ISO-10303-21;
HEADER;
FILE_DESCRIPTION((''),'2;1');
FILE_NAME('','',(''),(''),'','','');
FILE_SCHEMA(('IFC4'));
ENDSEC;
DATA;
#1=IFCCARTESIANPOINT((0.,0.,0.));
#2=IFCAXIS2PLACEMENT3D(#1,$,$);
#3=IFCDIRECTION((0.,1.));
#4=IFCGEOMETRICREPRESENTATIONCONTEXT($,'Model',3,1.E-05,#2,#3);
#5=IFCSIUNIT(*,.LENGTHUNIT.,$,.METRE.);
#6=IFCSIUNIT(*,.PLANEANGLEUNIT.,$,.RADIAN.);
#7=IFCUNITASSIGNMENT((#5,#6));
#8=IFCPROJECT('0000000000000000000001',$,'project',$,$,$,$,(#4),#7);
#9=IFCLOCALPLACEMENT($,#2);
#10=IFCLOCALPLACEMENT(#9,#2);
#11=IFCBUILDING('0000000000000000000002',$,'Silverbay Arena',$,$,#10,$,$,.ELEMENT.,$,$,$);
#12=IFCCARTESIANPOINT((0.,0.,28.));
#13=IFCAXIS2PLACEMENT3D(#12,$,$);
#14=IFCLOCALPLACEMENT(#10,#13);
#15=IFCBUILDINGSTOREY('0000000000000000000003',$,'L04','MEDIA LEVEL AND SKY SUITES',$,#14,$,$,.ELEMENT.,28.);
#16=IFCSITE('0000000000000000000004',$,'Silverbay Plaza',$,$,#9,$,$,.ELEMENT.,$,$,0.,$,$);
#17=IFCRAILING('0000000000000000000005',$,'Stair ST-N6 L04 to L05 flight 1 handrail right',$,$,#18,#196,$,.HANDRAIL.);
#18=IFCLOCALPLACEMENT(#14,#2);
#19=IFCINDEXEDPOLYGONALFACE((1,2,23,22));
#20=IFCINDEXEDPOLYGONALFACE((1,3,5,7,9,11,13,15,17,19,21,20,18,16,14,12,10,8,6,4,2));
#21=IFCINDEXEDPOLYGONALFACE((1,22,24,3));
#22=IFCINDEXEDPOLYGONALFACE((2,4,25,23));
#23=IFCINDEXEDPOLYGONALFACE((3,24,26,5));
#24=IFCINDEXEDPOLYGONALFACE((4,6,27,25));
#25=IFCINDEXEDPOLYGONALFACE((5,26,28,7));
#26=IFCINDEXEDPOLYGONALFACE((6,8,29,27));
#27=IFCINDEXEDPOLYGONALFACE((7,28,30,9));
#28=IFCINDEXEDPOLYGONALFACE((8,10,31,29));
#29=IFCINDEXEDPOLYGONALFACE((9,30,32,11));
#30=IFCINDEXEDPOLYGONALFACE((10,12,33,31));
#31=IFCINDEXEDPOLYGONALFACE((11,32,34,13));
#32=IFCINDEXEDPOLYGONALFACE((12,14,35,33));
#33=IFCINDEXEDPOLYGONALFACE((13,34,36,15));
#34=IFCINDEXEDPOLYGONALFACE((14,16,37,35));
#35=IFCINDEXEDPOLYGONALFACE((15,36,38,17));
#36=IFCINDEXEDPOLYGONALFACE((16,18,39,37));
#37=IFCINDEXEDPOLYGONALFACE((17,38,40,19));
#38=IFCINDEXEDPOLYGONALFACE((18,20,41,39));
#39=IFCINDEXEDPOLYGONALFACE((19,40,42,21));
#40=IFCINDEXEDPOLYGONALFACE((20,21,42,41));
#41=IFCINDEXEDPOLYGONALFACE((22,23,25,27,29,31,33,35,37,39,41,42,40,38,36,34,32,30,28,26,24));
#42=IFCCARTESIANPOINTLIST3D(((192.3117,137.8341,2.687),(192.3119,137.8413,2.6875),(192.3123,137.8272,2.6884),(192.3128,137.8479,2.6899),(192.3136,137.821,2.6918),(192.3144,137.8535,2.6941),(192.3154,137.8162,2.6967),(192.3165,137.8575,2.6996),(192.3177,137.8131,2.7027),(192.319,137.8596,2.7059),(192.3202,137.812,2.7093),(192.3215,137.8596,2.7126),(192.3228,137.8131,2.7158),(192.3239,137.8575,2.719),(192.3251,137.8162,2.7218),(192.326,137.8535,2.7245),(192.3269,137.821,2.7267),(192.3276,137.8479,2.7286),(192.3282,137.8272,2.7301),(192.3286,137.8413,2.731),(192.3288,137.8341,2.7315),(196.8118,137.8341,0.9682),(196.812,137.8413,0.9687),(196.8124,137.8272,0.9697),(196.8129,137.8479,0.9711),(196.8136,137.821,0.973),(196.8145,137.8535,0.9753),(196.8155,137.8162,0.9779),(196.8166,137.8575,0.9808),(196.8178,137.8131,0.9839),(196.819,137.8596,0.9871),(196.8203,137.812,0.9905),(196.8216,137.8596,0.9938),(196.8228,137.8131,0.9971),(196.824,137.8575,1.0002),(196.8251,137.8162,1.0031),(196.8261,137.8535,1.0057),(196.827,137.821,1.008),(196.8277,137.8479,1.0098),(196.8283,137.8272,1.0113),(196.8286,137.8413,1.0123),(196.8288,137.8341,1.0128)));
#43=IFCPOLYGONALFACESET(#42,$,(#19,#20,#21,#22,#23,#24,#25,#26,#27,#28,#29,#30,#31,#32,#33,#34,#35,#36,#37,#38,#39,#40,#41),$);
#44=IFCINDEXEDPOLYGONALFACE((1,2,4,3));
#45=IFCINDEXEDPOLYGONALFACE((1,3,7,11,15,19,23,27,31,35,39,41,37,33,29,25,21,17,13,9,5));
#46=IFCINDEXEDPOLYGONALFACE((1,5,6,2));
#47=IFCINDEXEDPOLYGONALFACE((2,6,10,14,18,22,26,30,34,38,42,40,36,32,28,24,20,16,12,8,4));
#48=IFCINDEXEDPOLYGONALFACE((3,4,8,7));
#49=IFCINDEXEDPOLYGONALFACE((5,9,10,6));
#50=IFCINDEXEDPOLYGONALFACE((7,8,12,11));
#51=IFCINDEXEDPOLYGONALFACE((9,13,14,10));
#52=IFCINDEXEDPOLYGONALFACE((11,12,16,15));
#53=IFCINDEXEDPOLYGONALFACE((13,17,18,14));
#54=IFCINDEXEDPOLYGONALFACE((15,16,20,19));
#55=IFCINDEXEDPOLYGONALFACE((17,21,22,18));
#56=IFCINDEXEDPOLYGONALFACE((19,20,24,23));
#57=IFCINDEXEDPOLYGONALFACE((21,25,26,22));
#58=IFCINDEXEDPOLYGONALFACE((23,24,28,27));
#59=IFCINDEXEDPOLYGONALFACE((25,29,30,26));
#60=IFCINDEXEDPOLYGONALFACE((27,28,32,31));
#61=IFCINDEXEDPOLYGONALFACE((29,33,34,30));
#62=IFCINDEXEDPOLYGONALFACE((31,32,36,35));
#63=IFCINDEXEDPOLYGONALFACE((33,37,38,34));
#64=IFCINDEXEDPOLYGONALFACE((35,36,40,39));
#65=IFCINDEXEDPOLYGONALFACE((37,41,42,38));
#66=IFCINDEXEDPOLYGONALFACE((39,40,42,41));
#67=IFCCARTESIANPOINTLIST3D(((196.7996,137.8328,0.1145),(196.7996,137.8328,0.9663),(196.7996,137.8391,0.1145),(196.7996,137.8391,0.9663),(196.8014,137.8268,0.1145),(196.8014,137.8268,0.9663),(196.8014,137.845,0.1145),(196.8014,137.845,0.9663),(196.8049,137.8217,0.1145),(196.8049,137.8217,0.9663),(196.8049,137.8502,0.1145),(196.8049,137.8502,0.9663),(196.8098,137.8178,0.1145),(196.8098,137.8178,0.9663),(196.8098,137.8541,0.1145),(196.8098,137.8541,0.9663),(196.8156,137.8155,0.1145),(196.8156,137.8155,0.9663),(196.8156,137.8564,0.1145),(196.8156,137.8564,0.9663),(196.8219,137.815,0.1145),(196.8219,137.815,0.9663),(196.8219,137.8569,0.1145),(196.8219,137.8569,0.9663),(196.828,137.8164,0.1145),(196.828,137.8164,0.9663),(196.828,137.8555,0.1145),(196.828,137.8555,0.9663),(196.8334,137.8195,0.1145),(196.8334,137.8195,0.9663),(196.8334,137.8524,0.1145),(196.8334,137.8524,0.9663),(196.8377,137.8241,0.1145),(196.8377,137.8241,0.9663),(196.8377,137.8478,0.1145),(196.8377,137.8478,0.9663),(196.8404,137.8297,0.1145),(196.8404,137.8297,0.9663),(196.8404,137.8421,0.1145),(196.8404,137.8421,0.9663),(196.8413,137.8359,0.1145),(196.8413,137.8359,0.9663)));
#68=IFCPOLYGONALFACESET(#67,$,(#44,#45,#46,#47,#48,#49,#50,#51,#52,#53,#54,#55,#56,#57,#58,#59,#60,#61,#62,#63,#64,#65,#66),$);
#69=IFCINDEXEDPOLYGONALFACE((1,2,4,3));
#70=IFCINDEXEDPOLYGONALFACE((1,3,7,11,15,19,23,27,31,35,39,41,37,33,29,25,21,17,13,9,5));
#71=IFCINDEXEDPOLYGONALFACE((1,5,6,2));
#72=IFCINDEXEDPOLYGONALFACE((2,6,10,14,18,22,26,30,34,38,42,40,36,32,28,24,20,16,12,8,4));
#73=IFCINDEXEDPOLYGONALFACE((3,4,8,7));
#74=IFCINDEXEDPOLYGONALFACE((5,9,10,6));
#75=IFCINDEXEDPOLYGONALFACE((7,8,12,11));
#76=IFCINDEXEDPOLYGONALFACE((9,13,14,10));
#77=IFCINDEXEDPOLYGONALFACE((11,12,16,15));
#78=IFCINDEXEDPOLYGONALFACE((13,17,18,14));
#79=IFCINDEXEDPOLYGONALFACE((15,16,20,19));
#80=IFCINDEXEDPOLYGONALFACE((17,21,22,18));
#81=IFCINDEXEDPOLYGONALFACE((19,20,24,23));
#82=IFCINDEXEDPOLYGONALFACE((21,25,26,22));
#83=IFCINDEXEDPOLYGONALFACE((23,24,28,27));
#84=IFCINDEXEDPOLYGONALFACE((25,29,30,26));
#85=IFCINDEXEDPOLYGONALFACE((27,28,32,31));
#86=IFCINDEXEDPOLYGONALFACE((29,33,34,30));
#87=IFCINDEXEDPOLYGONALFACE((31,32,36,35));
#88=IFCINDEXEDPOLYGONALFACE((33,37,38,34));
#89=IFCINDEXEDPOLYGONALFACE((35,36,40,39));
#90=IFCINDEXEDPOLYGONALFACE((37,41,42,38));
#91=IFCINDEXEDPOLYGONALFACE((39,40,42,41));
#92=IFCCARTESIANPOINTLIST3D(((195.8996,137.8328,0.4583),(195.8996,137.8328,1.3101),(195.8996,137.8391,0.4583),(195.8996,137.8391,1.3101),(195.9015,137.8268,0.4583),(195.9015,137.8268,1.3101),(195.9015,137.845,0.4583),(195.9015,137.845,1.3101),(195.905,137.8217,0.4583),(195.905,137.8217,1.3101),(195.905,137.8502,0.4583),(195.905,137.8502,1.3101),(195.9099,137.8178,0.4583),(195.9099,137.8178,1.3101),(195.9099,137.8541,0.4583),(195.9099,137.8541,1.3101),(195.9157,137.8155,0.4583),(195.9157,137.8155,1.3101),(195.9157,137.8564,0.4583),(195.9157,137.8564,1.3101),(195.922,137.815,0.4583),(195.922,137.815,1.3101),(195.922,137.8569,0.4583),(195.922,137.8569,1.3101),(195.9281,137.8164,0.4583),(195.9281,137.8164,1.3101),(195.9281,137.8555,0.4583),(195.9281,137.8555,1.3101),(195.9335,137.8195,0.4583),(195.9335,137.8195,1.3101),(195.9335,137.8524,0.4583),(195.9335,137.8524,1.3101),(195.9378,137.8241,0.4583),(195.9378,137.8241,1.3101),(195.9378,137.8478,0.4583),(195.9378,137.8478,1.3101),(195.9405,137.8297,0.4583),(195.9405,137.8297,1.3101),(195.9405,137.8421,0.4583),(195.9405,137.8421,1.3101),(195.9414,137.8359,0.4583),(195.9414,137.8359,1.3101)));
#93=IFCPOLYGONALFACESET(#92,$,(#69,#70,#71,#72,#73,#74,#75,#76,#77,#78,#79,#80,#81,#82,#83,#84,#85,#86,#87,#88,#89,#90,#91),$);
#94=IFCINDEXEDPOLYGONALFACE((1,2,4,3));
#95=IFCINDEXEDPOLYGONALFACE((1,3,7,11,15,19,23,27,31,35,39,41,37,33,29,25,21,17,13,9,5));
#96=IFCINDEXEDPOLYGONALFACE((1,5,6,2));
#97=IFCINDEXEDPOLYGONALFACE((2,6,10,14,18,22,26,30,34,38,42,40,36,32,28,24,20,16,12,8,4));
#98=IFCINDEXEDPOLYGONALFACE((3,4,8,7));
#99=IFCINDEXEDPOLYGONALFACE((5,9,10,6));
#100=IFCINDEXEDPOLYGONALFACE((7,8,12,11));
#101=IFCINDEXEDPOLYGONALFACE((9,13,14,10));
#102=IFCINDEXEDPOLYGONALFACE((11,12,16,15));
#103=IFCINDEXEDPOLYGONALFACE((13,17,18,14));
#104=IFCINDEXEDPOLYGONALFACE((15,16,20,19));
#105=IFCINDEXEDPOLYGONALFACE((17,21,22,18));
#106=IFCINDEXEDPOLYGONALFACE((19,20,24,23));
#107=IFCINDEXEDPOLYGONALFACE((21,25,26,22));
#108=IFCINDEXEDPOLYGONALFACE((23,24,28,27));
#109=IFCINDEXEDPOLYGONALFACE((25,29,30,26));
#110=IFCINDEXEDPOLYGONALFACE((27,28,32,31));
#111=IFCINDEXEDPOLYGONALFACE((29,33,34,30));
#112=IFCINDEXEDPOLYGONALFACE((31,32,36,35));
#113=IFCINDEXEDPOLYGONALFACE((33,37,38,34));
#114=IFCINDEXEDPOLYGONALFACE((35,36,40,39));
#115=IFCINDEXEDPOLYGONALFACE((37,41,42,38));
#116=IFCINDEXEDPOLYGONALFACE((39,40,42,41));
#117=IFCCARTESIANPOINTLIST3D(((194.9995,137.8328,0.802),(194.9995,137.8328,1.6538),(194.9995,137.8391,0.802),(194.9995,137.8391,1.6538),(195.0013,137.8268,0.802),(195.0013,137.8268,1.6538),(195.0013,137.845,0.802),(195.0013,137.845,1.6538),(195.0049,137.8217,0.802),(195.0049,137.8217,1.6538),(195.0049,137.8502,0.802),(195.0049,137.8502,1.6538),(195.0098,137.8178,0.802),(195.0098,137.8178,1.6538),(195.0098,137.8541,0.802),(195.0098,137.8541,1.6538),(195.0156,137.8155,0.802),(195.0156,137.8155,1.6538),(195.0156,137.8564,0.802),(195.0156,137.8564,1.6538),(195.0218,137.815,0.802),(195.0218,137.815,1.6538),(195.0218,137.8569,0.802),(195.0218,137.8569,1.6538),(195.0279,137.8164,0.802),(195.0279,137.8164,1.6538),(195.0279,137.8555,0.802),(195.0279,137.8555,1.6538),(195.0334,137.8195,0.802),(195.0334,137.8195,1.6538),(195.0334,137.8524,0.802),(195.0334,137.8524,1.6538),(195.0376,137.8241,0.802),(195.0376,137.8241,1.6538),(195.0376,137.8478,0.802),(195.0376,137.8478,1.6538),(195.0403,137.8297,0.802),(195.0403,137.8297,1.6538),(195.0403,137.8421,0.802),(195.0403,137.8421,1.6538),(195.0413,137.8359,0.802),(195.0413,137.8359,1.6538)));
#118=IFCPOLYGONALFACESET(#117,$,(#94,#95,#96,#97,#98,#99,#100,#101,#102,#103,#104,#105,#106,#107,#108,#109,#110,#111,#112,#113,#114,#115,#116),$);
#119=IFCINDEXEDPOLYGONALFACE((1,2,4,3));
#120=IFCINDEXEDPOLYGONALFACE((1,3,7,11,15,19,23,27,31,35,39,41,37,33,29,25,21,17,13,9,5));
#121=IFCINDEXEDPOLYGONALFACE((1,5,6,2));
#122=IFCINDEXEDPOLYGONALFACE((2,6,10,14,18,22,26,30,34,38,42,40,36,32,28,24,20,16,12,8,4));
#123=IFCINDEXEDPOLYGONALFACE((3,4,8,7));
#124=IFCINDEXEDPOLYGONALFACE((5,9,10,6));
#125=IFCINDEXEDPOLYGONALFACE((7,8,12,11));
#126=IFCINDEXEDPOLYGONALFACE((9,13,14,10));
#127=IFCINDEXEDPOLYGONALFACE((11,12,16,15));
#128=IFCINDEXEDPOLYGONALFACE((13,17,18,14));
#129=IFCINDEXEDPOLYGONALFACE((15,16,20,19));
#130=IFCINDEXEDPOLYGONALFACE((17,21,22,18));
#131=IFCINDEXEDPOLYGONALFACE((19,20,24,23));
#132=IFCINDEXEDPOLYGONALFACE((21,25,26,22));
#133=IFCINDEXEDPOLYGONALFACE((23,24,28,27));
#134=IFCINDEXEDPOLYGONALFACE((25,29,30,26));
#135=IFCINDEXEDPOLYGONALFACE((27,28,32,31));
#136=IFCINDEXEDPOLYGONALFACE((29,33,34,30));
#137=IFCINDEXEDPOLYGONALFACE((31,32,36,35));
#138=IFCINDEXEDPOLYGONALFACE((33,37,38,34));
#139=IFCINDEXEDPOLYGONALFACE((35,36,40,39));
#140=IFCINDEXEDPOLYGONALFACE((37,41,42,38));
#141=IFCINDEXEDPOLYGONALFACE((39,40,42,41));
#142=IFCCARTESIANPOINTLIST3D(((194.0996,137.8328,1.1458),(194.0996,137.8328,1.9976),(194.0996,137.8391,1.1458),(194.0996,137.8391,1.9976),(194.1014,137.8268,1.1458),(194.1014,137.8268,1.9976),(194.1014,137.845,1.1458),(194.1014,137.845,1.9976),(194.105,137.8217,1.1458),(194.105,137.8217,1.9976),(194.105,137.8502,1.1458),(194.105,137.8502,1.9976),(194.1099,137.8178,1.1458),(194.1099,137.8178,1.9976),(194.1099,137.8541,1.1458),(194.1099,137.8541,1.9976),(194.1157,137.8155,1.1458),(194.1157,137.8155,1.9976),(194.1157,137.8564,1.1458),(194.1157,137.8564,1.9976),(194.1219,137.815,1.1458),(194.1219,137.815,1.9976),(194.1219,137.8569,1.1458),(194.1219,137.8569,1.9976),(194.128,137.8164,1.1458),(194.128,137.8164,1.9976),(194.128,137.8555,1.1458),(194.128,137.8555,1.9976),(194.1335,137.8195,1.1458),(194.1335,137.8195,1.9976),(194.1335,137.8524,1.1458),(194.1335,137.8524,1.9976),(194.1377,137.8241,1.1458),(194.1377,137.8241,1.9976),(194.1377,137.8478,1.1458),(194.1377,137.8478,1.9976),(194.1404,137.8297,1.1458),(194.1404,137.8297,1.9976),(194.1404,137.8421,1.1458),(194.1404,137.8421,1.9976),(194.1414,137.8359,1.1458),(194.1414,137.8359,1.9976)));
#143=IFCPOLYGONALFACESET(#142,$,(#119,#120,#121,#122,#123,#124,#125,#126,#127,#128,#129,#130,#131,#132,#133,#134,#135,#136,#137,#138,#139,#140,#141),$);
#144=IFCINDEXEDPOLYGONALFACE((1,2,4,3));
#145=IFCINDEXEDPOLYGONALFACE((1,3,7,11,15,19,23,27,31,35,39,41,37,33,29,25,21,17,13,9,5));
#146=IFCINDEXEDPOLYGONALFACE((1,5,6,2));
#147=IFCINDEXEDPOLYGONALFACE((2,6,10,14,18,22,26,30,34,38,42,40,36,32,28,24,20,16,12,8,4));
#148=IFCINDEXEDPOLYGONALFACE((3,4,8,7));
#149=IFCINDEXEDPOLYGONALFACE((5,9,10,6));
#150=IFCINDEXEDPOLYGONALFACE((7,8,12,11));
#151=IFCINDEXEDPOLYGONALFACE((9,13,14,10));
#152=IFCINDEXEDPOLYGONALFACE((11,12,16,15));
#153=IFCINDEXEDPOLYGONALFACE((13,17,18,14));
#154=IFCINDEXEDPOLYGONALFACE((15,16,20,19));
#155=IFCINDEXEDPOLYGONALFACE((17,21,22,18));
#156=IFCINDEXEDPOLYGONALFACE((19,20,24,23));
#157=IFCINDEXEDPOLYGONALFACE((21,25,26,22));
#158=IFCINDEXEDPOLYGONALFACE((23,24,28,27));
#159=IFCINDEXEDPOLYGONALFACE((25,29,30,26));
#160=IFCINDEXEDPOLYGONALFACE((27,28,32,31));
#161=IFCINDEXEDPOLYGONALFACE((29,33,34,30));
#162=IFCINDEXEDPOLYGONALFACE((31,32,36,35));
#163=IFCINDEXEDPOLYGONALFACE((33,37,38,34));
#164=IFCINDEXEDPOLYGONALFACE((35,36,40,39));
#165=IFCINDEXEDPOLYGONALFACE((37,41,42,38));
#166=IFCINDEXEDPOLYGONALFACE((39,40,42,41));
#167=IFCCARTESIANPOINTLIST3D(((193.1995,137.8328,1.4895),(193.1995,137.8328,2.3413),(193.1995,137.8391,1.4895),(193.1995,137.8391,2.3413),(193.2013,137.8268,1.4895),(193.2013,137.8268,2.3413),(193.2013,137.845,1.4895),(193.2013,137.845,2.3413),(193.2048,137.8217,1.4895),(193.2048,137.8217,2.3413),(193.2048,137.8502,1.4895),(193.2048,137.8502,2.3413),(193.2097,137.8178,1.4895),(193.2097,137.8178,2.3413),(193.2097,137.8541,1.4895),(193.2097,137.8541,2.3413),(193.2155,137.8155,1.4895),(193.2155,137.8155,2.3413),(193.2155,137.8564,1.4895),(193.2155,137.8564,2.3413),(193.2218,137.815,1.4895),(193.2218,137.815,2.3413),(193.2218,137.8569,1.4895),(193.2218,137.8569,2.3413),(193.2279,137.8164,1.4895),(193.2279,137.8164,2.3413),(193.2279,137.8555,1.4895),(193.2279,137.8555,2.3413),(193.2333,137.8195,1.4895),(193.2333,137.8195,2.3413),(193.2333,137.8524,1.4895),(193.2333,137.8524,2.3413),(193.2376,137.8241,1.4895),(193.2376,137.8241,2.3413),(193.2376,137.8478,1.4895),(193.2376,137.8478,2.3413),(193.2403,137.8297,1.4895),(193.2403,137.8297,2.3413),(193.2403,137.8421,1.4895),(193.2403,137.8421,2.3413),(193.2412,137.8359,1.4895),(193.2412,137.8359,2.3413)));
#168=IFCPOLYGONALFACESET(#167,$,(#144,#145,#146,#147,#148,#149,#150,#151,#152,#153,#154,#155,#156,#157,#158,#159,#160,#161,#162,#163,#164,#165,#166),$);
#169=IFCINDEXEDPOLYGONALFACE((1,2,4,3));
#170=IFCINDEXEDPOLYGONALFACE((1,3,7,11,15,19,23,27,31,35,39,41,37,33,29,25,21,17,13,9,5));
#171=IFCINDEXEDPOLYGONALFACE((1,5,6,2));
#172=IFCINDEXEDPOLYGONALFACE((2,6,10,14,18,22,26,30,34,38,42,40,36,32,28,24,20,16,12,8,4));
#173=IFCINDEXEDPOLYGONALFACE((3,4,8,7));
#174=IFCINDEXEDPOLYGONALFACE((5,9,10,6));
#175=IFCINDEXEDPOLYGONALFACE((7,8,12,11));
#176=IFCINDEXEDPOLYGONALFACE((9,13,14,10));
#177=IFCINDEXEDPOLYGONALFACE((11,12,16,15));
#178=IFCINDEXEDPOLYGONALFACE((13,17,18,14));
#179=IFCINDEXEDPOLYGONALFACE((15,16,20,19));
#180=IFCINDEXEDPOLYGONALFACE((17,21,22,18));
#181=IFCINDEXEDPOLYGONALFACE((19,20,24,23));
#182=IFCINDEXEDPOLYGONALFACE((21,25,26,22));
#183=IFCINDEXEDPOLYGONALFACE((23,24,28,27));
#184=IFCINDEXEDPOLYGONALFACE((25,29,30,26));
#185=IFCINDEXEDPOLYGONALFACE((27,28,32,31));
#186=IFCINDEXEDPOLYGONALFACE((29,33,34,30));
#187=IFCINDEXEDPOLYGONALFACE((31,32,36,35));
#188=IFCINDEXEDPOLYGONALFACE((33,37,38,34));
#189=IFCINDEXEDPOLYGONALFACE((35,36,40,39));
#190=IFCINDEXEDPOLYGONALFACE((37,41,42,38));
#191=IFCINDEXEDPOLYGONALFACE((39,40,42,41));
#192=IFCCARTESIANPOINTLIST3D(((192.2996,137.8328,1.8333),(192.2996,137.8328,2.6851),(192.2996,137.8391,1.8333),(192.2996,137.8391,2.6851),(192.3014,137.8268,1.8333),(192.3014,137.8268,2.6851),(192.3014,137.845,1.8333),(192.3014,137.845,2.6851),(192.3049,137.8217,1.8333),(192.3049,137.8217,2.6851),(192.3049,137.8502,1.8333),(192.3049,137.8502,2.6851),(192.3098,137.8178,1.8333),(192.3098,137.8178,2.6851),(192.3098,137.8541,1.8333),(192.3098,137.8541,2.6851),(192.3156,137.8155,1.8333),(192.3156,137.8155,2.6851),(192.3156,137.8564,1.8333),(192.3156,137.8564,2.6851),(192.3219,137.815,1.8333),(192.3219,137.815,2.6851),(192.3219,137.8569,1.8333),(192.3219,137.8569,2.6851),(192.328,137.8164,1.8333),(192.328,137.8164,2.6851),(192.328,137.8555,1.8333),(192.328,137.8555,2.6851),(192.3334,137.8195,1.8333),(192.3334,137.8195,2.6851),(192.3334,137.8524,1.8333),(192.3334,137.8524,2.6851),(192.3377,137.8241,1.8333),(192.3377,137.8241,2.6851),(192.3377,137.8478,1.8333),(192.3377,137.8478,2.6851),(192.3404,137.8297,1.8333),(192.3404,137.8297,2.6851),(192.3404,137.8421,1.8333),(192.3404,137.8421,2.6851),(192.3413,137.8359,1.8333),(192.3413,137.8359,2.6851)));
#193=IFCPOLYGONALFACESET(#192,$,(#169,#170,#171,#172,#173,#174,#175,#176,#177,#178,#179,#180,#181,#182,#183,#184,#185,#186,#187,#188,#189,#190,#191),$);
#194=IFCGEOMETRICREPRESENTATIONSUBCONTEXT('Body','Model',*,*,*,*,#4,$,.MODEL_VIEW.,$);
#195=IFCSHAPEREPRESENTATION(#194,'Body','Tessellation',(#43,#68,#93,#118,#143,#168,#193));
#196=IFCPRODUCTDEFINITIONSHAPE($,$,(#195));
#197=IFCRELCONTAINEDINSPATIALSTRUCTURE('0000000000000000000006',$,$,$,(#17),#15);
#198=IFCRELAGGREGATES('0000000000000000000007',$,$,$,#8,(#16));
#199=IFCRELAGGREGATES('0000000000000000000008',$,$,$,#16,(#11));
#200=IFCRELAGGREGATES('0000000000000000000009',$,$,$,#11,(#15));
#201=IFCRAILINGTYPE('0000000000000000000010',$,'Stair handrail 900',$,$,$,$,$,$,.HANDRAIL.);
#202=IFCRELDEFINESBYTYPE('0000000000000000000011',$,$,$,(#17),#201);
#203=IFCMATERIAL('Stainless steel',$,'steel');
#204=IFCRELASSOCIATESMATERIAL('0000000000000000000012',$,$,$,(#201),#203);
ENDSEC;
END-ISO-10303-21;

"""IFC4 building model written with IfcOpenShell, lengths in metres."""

from ifc_helpers import new_model, si_unit, direction, frame, origin, origin_2d, place, context, subcontext, project, spatial, circle, extrude, material, type_object, element, save


model = new_model("IFC4")

# Units and contexts
model_context = context("Model", 3, precision=1e-05, world=origin(), true_north=direction((0.0, 1.0)))
body_context = subcontext(model_context, "Body", "Model", "MODEL_VIEW")
ifc_project = project(units=[si_unit("LENGTHUNIT", "METRE"), si_unit("PLANEANGLEUNIT", "RADIAN")], contexts=[model_context])

# Site, building, storey
site_placement = place(None, origin())
site = spatial("IfcSite", under=ifc_project, at=site_placement, Name="Silverbay Plaza", CompositionType="ELEMENT", RefElevation=0.0)
building_placement = place(site_placement, origin())
building = spatial("IfcBuilding", under=site, at=building_placement, Name="Silverbay Arena", CompositionType="ELEMENT")
storey_placement = place(building_placement, frame((0.0, 0.0, 28.0)))
storey = spatial("IfcBuildingStorey", under=building, at=storey_placement, Name="L04", Description="MEDIA LEVEL AND SKY SUITES", CompositionType="ELEMENT", Elevation=28.0)

# Railing
ifc_material_1 = material(Name="Stainless steel", Category="steel")
railing_type_1 = type_object("IfcRailingType", Name="Stair handrail 900", PredefinedType="HANDRAIL", material=ifc_material_1)
railing_1_placement = place(storey_placement, frame((196.8203, 137.8359, 0.1145)))
element("IfcRailing", 1, at=railing_1_placement, inside=storey, type_object=railing_type_1, Name="Stair ST-N6 L04 to L05 flight 1 handrail right", PredefinedType="HANDRAIL", context=body_context, shape_type="SweptSolid", body=[
    extrude(circle(Radius=0.0239, at=origin_2d()), frame((0.0, 0.0, 0.876), z_axis=(-0.934179, 0.0, 0.356805), x_axis=(0.0, -1.0, 0.0)), (0.0, 0.0, 1.0), 4.8171),
    extrude(circle(Radius=0.021, at=origin_2d()), origin(), (0.0, 0.0, 1.0), 0.8518),
    extrude(circle(Radius=0.021, at=origin_2d()), frame((-0.8999, 0.0, 0.3438)), (0.0, 0.0, 1.0), 0.8518),
    extrude(circle(Radius=0.021, at=origin_2d()), frame((-1.8, 0.0, 0.6875)), (0.0, 0.0, 1.0), 0.8518),
    extrude(circle(Radius=0.021, at=origin_2d()), frame((-2.7, 0.0, 1.0312)), (0.0, 0.0, 1.0), 0.8518),
    extrude(circle(Radius=0.021, at=origin_2d()), frame((-3.6001, 0.0, 1.375)), (0.0, 0.0, 1.0), 0.8518),
    extrude(circle(Radius=0.021, at=origin_2d()), frame((-4.5, 0.0, 1.7188)), (0.0, 0.0, 1.0), 0.8518),
])

save(model, "model.ifc")
